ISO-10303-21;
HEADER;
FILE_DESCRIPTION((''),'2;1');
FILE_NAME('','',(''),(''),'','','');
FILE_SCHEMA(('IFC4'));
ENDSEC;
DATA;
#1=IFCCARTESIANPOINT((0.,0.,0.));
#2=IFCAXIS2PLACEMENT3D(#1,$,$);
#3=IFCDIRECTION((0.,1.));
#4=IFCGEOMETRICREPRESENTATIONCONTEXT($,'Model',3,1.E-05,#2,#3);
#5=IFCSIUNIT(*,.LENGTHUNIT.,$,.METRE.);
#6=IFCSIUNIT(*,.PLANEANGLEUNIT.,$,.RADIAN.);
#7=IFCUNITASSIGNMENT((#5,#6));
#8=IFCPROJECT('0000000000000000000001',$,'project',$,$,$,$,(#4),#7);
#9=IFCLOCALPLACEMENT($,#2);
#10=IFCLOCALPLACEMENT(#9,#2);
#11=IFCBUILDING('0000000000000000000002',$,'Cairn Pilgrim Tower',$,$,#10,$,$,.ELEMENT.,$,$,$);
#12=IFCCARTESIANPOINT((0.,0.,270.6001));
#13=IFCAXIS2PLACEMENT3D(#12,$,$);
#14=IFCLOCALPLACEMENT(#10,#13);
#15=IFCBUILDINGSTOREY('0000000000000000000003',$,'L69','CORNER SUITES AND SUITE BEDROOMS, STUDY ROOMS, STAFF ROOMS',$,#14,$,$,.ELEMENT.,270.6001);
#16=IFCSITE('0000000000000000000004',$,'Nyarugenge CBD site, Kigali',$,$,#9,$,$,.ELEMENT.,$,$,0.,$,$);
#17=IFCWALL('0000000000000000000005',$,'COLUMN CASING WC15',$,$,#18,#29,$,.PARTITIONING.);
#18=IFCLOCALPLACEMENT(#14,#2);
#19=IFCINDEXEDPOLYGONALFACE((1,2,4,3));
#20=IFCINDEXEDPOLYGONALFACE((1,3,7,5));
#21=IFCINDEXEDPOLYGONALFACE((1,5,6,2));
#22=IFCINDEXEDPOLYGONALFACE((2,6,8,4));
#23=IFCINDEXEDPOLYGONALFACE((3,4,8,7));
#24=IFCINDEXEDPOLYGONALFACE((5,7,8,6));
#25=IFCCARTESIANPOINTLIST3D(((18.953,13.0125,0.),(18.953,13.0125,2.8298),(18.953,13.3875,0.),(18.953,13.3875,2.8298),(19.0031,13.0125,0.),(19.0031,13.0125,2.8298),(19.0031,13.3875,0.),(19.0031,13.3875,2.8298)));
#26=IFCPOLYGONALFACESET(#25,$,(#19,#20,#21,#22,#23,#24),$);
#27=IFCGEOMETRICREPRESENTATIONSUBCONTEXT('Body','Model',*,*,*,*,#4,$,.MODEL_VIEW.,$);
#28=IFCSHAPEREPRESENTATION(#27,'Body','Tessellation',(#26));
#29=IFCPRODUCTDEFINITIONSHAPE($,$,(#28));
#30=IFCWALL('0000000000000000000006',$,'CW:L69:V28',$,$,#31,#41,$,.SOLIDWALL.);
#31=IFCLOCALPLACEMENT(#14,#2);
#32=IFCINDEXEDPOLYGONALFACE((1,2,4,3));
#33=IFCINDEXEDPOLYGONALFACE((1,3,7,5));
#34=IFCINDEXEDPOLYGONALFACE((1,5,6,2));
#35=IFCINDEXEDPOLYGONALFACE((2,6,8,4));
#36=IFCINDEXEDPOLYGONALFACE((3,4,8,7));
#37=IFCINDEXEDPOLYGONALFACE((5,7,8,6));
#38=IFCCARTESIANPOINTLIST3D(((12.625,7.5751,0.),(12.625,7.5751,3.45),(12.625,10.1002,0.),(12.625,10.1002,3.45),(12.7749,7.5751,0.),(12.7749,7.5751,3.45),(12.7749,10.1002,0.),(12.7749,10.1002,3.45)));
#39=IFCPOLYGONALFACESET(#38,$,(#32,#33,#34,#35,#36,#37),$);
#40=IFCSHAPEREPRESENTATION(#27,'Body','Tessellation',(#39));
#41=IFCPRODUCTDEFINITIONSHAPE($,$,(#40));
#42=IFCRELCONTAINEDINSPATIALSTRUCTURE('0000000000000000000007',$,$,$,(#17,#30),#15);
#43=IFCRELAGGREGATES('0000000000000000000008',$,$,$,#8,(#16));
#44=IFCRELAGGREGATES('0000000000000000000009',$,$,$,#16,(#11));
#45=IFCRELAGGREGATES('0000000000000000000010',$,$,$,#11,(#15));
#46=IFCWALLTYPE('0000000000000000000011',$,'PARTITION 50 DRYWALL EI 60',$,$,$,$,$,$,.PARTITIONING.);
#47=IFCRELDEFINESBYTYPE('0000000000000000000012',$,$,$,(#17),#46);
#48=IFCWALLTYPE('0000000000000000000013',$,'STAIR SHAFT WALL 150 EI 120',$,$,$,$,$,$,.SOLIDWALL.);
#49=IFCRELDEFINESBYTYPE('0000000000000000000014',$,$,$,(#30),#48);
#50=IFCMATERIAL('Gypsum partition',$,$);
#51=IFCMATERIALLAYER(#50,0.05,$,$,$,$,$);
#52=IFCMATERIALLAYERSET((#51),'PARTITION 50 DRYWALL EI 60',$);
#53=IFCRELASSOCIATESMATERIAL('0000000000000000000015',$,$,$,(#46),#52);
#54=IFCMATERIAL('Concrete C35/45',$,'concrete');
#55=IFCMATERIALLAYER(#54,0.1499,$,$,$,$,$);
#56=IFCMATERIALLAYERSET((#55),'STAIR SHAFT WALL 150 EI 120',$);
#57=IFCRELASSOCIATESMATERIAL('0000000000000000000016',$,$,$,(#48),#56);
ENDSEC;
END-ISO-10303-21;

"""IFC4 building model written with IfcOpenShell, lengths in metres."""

from ifc_helpers import new_model, si_unit, direction, frame, frame_2d, origin, place, context, subcontext, project, spatial, rectangle, extrude, material, layer, layer_set, type_object, element, save


model = new_model("IFC4")

# Units and contexts
model_context = context("Model", 3, precision=1e-05, world=origin(), true_north=direction((0.0, 1.0)))
body_context = subcontext(model_context, "Body", "Model", "MODEL_VIEW")
ifc_project = project(units=[si_unit("LENGTHUNIT", "METRE"), si_unit("PLANEANGLEUNIT", "RADIAN")], contexts=[model_context])

# Site, building, storey
site_placement = place(None, origin())
site = spatial("IfcSite", under=ifc_project, at=site_placement, Name="Nyarugenge CBD site, Kigali", CompositionType="ELEMENT", RefElevation=0.0)
building_placement = place(site_placement, origin())
building = spatial("IfcBuilding", under=site, at=building_placement, Name="Cairn Pilgrim Tower", CompositionType="ELEMENT")
storey_placement = place(building_placement, frame((0.0, 0.0, 270.6001)))
storey = spatial("IfcBuildingStorey", under=building, at=storey_placement, Name="L69", Description="CORNER SUITES AND SUITE BEDROOMS, STUDY ROOMS, STAFF ROOMS", CompositionType="ELEMENT", Elevation=270.6001)

# Shared definitions
ifc_material_1 = material(Name="Gypsum partition")

# Walls
ifc_layer_1 = layer(ifc_material_1, 0.05)
ifc_layer_set_1 = layer_set([ifc_layer_1], Name="PARTITION 50 DRYWALL EI 60")
wall_type_1 = type_object("IfcWallType", Name="PARTITION 50 DRYWALL EI 60", PredefinedType="PARTITIONING", material=ifc_layer_set_1)
wall_1_placement = place(storey_placement, frame((18.978, 13.0125, 0.0), z_axis=(0.0, 0.0, 1.0), x_axis=(0.0, 1.0, 0.0)))
element("IfcWall", 1, at=wall_1_placement, inside=storey, type_object=wall_type_1, Name="COLUMN CASING WC15", PredefinedType="PARTITIONING", context=body_context, shape_type="SweptSolid", body=[
    extrude(rectangle(XDim=0.375, YDim=0.05, at=frame_2d((0.1875, 0.0))), origin(), (0.0, 0.0, 1.0), 2.8298),
])
ifc_material_2 = material(Name="Concrete C35/45", Category="concrete")
ifc_layer_2 = layer(ifc_material_2, 0.1499)
ifc_layer_set_2 = layer_set([ifc_layer_2], Name="STAIR SHAFT WALL 150 EI 120")
wall_type_2 = type_object("IfcWallType", Name="STAIR SHAFT WALL 150 EI 120", PredefinedType="SOLIDWALL", material=ifc_layer_set_2)
wall_2_placement = place(storey_placement, frame((12.7, 7.575, 0.0), z_axis=(0.0, 0.0, 1.0), x_axis=(0.0, 1.0, 0.0)))
element("IfcWall", 2, at=wall_2_placement, inside=storey, type_object=wall_type_2, Name="CW:L69:V28", PredefinedType="SOLIDWALL", context=body_context, shape_type="SweptSolid", body=[
    extrude(rectangle(XDim=2.5251, YDim=0.1499, at=frame_2d((1.2627, 0.0))), origin(), (0.0, 0.0, 1.0), 3.45),
])

save(model, "model.ifc")
